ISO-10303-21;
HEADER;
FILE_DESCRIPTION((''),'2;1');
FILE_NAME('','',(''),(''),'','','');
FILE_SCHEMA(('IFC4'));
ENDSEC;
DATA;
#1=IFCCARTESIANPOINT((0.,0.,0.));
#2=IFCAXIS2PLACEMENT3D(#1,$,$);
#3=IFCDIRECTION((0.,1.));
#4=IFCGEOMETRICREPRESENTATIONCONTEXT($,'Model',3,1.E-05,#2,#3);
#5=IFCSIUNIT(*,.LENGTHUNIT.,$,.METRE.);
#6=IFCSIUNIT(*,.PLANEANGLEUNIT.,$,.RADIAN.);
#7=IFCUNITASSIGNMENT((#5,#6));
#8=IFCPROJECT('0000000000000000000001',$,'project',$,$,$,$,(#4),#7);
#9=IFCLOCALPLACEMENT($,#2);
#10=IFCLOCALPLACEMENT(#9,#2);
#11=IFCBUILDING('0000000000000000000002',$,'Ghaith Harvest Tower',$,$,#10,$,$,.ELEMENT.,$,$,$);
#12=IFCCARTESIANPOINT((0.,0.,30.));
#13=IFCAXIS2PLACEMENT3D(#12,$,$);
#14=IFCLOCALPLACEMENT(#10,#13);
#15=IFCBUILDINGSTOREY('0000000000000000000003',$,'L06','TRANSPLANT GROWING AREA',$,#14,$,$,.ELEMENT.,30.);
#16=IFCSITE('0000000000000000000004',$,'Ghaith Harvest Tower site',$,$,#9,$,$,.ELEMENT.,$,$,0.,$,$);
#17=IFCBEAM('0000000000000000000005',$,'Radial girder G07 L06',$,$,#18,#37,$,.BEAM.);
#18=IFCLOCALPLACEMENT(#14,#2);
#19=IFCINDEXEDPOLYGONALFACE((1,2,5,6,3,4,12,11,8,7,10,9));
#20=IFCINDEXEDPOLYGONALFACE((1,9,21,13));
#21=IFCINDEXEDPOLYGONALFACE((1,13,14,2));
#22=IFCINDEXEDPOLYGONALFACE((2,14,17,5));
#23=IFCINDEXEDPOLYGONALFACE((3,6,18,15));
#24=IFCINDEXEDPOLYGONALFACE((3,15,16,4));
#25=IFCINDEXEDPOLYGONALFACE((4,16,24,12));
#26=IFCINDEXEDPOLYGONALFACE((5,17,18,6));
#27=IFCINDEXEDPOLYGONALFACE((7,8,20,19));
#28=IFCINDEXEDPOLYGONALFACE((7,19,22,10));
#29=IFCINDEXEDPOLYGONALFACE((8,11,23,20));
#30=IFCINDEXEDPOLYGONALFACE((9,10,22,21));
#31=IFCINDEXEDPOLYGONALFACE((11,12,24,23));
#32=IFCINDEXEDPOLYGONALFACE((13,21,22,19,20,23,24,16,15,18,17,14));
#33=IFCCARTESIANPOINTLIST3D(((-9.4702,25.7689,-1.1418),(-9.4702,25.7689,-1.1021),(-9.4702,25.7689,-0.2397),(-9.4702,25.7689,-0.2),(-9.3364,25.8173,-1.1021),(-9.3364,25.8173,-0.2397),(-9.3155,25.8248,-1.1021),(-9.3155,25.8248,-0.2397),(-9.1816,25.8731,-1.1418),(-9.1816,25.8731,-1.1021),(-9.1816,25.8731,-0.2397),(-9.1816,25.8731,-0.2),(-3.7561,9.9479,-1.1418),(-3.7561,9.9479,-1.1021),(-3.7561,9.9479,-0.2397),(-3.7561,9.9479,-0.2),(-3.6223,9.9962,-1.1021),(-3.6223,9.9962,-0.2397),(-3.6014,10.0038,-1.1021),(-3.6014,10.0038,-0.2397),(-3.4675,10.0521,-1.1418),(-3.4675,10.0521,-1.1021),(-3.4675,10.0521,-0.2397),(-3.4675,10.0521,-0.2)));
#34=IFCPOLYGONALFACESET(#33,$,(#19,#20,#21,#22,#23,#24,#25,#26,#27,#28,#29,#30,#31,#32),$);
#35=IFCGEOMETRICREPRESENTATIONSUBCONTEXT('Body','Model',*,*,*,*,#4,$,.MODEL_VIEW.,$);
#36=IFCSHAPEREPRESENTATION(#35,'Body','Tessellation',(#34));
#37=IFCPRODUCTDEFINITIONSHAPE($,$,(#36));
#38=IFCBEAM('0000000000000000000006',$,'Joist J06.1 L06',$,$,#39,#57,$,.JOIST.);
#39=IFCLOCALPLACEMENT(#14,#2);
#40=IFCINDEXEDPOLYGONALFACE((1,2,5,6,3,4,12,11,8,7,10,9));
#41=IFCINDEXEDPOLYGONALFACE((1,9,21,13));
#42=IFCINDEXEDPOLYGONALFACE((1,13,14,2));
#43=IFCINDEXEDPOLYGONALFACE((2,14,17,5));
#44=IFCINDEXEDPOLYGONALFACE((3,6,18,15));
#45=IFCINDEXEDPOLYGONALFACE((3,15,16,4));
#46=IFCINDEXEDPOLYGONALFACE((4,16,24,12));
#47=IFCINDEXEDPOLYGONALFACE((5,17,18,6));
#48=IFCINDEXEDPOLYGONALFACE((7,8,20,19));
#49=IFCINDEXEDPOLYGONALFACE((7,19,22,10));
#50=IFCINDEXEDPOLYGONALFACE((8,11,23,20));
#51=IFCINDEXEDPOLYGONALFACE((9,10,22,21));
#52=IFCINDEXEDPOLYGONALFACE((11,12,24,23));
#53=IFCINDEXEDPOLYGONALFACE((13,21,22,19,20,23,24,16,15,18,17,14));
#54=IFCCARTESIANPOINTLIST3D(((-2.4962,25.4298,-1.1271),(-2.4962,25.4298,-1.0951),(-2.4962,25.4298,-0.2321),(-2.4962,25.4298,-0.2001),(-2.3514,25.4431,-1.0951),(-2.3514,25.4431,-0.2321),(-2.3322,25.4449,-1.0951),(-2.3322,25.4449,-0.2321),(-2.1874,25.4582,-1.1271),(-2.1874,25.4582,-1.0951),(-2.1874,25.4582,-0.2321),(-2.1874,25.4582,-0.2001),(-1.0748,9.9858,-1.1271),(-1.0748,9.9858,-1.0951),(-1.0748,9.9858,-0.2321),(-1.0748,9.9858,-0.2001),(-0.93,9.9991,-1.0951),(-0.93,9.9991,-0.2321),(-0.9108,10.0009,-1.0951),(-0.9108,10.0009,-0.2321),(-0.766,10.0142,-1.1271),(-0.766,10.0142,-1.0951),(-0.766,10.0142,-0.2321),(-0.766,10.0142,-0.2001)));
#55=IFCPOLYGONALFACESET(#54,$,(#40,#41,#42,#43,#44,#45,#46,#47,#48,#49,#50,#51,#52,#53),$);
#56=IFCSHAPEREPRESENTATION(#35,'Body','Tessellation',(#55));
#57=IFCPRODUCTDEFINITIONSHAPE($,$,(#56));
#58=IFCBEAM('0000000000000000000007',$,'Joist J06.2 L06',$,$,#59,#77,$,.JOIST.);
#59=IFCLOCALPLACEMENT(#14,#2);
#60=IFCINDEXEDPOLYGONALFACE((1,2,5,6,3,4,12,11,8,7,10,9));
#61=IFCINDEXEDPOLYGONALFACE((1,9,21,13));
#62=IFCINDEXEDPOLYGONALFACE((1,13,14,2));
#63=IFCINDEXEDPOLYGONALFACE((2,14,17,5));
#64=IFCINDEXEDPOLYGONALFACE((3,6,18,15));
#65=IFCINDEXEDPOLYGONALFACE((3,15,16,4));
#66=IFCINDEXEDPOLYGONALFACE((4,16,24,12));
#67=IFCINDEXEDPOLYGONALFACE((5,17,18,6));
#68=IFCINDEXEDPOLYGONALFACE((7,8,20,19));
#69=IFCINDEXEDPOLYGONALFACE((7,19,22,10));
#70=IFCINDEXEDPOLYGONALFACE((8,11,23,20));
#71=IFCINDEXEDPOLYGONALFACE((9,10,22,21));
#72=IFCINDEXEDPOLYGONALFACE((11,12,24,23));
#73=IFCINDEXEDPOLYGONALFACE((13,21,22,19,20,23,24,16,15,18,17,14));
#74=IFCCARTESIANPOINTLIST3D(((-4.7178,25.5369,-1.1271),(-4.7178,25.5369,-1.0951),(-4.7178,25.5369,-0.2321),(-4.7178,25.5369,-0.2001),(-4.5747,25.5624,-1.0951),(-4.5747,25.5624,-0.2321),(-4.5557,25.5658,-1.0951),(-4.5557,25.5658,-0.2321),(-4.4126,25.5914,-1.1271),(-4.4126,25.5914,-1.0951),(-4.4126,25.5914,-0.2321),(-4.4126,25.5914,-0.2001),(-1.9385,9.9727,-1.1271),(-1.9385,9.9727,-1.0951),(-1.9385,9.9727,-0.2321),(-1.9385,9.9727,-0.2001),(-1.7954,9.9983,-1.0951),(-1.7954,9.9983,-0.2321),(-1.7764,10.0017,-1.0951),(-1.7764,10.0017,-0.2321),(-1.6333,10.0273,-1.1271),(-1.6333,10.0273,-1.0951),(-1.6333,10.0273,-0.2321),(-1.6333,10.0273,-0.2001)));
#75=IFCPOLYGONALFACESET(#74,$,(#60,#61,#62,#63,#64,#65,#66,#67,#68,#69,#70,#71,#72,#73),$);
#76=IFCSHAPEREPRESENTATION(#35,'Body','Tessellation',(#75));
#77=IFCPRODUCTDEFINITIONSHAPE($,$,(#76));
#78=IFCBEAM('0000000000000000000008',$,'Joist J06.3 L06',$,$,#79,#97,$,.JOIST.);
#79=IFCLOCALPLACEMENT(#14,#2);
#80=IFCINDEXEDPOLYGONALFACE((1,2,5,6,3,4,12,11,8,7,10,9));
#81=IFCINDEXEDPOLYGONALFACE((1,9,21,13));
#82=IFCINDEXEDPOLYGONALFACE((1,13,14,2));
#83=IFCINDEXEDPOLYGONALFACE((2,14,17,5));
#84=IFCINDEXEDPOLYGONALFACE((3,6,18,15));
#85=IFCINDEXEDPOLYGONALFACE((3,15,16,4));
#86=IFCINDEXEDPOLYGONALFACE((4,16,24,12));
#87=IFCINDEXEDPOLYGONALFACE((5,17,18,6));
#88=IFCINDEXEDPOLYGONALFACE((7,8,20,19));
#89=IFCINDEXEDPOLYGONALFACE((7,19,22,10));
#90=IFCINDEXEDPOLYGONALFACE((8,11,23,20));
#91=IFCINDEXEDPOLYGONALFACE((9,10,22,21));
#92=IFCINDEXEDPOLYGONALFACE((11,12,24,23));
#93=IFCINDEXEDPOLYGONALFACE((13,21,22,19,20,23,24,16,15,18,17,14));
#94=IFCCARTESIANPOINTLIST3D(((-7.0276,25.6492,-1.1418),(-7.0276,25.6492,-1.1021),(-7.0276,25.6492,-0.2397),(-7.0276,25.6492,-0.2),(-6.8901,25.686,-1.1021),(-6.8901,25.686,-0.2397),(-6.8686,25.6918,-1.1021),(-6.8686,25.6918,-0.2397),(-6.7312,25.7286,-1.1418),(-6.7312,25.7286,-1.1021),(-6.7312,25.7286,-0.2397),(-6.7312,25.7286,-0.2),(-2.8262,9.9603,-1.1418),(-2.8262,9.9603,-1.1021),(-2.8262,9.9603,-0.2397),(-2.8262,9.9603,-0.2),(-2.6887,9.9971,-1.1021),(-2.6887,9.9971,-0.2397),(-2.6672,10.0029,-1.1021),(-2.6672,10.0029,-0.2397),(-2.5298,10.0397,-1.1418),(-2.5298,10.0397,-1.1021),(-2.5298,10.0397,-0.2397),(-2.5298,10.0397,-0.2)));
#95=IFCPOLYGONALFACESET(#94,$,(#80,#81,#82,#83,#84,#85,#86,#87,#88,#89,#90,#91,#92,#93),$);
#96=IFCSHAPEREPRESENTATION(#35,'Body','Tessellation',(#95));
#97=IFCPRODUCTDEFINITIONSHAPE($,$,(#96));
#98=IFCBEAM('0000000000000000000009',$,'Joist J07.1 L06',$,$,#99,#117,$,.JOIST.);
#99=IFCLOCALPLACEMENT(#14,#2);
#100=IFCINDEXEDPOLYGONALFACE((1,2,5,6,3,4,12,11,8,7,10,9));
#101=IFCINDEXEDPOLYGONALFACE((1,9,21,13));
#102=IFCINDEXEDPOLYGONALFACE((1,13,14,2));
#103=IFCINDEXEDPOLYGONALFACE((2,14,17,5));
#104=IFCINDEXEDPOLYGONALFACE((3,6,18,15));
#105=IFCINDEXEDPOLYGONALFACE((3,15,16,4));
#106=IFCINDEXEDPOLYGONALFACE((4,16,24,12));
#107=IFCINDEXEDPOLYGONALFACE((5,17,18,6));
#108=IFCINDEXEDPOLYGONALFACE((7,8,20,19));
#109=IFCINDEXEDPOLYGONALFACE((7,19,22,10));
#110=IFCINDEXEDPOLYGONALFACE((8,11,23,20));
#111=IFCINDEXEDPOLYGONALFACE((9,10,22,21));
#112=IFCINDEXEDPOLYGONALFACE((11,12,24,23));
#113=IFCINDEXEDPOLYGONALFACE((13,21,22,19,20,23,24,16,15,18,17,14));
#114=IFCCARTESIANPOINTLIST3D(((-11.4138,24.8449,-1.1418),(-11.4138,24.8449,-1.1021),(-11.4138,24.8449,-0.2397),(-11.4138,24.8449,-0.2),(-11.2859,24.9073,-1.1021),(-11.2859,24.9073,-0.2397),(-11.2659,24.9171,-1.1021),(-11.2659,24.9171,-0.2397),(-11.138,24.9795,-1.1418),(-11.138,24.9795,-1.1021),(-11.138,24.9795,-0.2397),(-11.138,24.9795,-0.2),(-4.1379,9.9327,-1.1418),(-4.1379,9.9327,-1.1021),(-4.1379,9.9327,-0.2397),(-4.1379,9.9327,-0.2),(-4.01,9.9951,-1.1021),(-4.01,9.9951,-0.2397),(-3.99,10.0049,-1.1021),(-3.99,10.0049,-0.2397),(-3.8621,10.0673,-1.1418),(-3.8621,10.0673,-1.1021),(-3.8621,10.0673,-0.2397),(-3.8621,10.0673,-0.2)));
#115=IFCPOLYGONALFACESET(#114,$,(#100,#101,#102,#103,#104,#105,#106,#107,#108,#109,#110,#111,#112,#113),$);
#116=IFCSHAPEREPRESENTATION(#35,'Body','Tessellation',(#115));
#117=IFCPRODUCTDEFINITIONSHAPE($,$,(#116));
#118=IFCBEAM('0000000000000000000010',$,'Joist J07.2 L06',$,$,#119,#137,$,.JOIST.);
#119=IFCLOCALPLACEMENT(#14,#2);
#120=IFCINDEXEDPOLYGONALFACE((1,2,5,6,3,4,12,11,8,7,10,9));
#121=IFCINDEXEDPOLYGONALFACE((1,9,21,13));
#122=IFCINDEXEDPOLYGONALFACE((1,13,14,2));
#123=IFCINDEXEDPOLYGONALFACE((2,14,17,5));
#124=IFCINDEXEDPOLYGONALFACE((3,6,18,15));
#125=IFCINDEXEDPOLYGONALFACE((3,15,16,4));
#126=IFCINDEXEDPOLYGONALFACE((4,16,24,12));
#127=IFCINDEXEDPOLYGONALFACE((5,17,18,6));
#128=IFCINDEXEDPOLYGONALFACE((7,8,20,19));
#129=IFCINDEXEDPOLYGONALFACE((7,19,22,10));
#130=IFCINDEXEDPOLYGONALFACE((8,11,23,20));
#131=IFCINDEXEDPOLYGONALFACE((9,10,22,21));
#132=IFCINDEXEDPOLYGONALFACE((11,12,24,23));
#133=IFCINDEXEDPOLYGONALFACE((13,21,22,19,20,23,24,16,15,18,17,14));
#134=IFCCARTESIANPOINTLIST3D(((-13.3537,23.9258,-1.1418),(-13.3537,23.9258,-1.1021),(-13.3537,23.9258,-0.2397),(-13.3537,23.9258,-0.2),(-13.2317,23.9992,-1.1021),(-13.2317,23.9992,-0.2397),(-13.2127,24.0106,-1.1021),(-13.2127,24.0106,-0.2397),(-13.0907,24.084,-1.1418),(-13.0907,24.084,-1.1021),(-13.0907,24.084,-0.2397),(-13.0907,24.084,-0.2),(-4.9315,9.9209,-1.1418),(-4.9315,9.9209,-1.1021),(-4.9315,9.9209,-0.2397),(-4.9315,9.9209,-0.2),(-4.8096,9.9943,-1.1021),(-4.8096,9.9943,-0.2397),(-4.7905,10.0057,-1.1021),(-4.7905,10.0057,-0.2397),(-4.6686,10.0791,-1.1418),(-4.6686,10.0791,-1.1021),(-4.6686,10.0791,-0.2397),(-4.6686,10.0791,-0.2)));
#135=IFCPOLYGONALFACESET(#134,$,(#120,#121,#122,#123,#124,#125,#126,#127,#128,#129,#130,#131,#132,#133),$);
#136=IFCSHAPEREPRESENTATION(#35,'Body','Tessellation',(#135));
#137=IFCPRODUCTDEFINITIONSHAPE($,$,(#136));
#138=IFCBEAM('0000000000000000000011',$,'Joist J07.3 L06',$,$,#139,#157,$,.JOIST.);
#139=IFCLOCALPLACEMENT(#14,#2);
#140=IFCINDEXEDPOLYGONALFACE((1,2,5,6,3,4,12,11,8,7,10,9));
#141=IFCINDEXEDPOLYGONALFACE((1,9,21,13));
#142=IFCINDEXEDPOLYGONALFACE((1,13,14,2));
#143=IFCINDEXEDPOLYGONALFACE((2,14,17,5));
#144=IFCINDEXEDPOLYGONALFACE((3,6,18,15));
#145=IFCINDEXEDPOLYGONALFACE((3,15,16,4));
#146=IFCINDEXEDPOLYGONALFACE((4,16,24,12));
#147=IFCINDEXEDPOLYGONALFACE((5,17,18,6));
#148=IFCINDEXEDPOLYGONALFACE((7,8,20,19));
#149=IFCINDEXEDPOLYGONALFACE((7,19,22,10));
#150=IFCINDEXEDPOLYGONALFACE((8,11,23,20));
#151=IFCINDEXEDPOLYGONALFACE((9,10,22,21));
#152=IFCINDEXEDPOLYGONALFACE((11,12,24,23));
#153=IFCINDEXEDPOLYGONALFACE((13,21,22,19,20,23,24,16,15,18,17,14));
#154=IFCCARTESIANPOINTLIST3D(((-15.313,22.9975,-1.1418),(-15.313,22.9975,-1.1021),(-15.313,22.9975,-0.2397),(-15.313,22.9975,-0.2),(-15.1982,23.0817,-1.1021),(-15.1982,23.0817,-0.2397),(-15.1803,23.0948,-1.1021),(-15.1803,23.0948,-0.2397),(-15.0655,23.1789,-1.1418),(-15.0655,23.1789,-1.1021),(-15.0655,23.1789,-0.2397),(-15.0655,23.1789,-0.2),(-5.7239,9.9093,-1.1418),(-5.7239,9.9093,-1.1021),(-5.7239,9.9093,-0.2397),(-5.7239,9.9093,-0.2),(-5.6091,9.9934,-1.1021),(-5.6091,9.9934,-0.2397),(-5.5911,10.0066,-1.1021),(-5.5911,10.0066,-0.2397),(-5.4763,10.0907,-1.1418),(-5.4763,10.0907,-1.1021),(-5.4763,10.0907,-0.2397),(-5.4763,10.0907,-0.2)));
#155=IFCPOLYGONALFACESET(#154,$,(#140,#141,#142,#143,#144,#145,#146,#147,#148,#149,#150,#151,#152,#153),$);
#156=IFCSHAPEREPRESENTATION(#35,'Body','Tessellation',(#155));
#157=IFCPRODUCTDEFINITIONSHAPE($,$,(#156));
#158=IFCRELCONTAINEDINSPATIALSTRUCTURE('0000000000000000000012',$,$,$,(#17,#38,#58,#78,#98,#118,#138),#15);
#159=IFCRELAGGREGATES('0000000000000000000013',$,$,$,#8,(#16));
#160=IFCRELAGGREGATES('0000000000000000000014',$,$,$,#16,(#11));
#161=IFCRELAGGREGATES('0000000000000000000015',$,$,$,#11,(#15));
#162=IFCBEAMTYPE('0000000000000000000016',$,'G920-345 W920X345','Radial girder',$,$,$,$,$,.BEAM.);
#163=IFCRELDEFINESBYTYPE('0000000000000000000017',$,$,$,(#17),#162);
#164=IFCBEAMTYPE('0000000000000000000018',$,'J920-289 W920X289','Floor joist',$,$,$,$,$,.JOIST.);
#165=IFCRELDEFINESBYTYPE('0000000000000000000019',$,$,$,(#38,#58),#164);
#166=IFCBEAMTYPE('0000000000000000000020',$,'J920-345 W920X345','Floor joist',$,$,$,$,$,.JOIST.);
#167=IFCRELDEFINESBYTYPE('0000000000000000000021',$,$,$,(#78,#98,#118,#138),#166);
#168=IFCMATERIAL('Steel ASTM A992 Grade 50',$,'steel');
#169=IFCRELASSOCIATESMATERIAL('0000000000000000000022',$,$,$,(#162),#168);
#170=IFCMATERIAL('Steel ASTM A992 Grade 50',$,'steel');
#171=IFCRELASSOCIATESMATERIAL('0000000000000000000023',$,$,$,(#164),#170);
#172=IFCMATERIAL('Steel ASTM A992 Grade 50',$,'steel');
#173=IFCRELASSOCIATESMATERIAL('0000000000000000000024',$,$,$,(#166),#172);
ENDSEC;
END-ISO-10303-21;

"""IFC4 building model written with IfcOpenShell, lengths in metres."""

from ifc_helpers import new_model, si_unit, direction, frame, origin, origin_2d, place, context, subcontext, project, spatial, i_section, extrude, material, material_profile, profile_set, type_object, element, save


model = new_model("IFC4")

# Units and contexts
model_context = context("Model", 3, precision=1e-05, world=origin(), true_north=direction((0.0, 1.0)))
body_context = subcontext(model_context, "Body", "Model", "MODEL_VIEW")
ifc_project = project(units=[si_unit("LENGTHUNIT", "METRE"), si_unit("PLANEANGLEUNIT", "RADIAN")], contexts=[model_context])

# Site, building, storey
site_placement = place(None, origin())
site = spatial("IfcSite", under=ifc_project, at=site_placement, Name="Ghaith Harvest Tower site", CompositionType="ELEMENT", RefElevation=0.0)
building_placement = place(site_placement, origin())
building = spatial("IfcBuilding", under=site, at=building_placement, Name="Ghaith Harvest Tower", CompositionType="ELEMENT")
storey_placement = place(building_placement, frame((0.0, 0.0, 30.0)))
storey = spatial("IfcBuildingStorey", under=building, at=storey_placement, Name="L06", Description="TRANSPLANT GROWING AREA", CompositionType="ELEMENT", Elevation=30.0)

# Beams
ifc_material_1 = material(Name="Steel ASTM A992 Grade 50", Category="steel")
ifc_material_profile_1 = material_profile(ifc_material_1, i_section(OverallWidth=0.3069, OverallDepth=0.9419, WebThickness=0.0222, FlangeThickness=0.0398, at=origin_2d()), Name="W920X345")
ifc_profile_set_1 = profile_set([ifc_material_profile_1], Name="Steel ASTM A992 Grade 50")
beam_type_1 = type_object("IfcBeamType", Name="G920-345 W920X345", Description="Radial girder", PredefinedType="BEAM", material=ifc_profile_set_1)
beam_1_placement = place(storey_placement, frame((-3.6118, 10.0, -0.6709), z_axis=(-0.339695, 0.940536, 0.0), x_axis=(-0.940536, -0.339695, 0.0)))
element("IfcBeam", 1, at=beam_1_placement, inside=storey, type_object=beam_type_1, Name="Radial girder G07 L06", PredefinedType="BEAM", context=body_context, shape_type="SweptSolid", body=[
    extrude(i_section(OverallWidth=0.3069, OverallDepth=0.9419, WebThickness=0.0222, FlangeThickness=0.0398, at=origin_2d()), origin(), (0.0, 0.0, 1.0), 16.8213),
])
ifc_material_2 = material(Name="Steel ASTM A992 Grade 50", Category="steel")
ifc_material_profile_2 = material_profile(ifc_material_2, i_section(OverallWidth=0.3101, OverallDepth=0.927, WebThickness=0.0193, FlangeThickness=0.032, at=origin_2d()), Name="W920X289")
ifc_profile_set_2 = profile_set([ifc_material_profile_2], Name="Steel ASTM A992 Grade 50")
beam_type_2 = type_object("IfcBeamType", Name="J920-289 W920X289", Description="Floor joist", PredefinedType="JOIST", material=ifc_profile_set_2)
beam_2_placement = place(storey_placement, frame((-0.9204, 10.0, -0.6636), z_axis=(-0.091647, 0.995792, 0.0), x_axis=(-0.995792, -0.091647, 0.0)))
element("IfcBeam", 2, at=beam_2_placement, inside=storey, type_object=beam_type_2, Name="Joist J06.1 L06", PredefinedType="JOIST", context=body_context, shape_type="SweptSolid", body=[
    extrude(i_section(OverallWidth=0.3101, OverallDepth=0.927, WebThickness=0.0193, FlangeThickness=0.032, at=origin_2d()), origin(), (0.0, 0.0, 1.0), 15.5093),
])
beam_3_placement = place(storey_placement, frame((-1.7859, 10.0, -0.6636), z_axis=(-0.175789, 0.984428, 0.0), x_axis=(-0.984428, -0.175789, 0.0)))
element("IfcBeam", 3, at=beam_3_placement, inside=storey, type_object=beam_type_2, Name="Joist J06.2 L06", PredefinedType="JOIST", context=body_context, shape_type="SweptSolid", body=[
    extrude(i_section(OverallWidth=0.3101, OverallDepth=0.927, WebThickness=0.0193, FlangeThickness=0.032, at=origin_2d()), origin(), (0.0, 0.0, 1.0), 15.8103),
])
ifc_material_3 = material(Name="Steel ASTM A992 Grade 50", Category="steel")
ifc_material_profile_3 = material_profile(ifc_material_3, i_section(OverallWidth=0.3069, OverallDepth=0.9419, WebThickness=0.0222, FlangeThickness=0.0398, at=origin_2d()), Name="W920X345")
ifc_profile_set_3 = profile_set([ifc_material_profile_3], Name="Steel ASTM A992 Grade 50")
beam_type_3 = type_object("IfcBeamType", Name="J920-345 W920X345", Description="Floor joist", PredefinedType="JOIST", material=ifc_profile_set_3)
beam_4_placement = place(storey_placement, frame((-2.678, 10.0, -0.6709), z_axis=(-0.258679, 0.965963, 0.0), x_axis=(-0.965963, -0.258679, 0.0)))
element("IfcBeam", 4, at=beam_4_placement, inside=storey, type_object=beam_type_3, Name="Joist J06.3 L06", PredefinedType="JOIST", context=body_context, shape_type="SweptSolid", body=[
    extrude(i_section(OverallWidth=0.3069, OverallDepth=0.9419, WebThickness=0.0222, FlangeThickness=0.0398, at=origin_2d()), origin(), (0.0, 0.0, 1.0), 16.2417),
])
beam_5_placement = place(storey_placement, frame((-4.0, 10.0, -0.6709), z_axis=(-0.438505, 0.898729, 0.0), x_axis=(-0.898729, -0.438505, 0.0)))
element("IfcBeam", 5, at=beam_5_placement, inside=storey, type_object=beam_type_3, Name="Joist J07.1 L06", PredefinedType="JOIST", context=body_context, shape_type="SweptSolid", body=[
    extrude(i_section(OverallWidth=0.3069, OverallDepth=0.9419, WebThickness=0.0222, FlangeThickness=0.0398, at=origin_2d()), origin(), (0.0, 0.0, 1.0), 16.5925),
])
beam_6_placement = place(storey_placement, frame((-4.8, 10.0, -0.6709), z_axis=(-0.515359, 0.856974, 0.0), x_axis=(-0.856974, -0.515359, 0.0)))
element("IfcBeam", 6, at=beam_6_placement, inside=storey, type_object=beam_type_3, Name="Joist J07.2 L06", PredefinedType="JOIST", context=body_context, shape_type="SweptSolid", body=[
    extrude(i_section(OverallWidth=0.3069, OverallDepth=0.9419, WebThickness=0.0222, FlangeThickness=0.0398, at=origin_2d()), origin(), (0.0, 0.0, 1.0), 16.3423),
])
beam_7_placement = place(storey_placement, frame((-5.6001, 10.0, -0.6709), z_axis=(-0.591009, 0.806665, 0.0), x_axis=(-0.806665, -0.591009, 0.0)))
element("IfcBeam", 7, at=beam_7_placement, inside=storey, type_object=beam_type_3, Name="Joist J07.3 L06", PredefinedType="JOIST", context=body_context, shape_type="SweptSolid", body=[
    extrude(i_section(OverallWidth=0.3069, OverallDepth=0.9419, WebThickness=0.0222, FlangeThickness=0.0398, at=origin_2d()), origin(), (0.0, 0.0, 1.0), 16.2251),
])

save(model, "model.ifc")
